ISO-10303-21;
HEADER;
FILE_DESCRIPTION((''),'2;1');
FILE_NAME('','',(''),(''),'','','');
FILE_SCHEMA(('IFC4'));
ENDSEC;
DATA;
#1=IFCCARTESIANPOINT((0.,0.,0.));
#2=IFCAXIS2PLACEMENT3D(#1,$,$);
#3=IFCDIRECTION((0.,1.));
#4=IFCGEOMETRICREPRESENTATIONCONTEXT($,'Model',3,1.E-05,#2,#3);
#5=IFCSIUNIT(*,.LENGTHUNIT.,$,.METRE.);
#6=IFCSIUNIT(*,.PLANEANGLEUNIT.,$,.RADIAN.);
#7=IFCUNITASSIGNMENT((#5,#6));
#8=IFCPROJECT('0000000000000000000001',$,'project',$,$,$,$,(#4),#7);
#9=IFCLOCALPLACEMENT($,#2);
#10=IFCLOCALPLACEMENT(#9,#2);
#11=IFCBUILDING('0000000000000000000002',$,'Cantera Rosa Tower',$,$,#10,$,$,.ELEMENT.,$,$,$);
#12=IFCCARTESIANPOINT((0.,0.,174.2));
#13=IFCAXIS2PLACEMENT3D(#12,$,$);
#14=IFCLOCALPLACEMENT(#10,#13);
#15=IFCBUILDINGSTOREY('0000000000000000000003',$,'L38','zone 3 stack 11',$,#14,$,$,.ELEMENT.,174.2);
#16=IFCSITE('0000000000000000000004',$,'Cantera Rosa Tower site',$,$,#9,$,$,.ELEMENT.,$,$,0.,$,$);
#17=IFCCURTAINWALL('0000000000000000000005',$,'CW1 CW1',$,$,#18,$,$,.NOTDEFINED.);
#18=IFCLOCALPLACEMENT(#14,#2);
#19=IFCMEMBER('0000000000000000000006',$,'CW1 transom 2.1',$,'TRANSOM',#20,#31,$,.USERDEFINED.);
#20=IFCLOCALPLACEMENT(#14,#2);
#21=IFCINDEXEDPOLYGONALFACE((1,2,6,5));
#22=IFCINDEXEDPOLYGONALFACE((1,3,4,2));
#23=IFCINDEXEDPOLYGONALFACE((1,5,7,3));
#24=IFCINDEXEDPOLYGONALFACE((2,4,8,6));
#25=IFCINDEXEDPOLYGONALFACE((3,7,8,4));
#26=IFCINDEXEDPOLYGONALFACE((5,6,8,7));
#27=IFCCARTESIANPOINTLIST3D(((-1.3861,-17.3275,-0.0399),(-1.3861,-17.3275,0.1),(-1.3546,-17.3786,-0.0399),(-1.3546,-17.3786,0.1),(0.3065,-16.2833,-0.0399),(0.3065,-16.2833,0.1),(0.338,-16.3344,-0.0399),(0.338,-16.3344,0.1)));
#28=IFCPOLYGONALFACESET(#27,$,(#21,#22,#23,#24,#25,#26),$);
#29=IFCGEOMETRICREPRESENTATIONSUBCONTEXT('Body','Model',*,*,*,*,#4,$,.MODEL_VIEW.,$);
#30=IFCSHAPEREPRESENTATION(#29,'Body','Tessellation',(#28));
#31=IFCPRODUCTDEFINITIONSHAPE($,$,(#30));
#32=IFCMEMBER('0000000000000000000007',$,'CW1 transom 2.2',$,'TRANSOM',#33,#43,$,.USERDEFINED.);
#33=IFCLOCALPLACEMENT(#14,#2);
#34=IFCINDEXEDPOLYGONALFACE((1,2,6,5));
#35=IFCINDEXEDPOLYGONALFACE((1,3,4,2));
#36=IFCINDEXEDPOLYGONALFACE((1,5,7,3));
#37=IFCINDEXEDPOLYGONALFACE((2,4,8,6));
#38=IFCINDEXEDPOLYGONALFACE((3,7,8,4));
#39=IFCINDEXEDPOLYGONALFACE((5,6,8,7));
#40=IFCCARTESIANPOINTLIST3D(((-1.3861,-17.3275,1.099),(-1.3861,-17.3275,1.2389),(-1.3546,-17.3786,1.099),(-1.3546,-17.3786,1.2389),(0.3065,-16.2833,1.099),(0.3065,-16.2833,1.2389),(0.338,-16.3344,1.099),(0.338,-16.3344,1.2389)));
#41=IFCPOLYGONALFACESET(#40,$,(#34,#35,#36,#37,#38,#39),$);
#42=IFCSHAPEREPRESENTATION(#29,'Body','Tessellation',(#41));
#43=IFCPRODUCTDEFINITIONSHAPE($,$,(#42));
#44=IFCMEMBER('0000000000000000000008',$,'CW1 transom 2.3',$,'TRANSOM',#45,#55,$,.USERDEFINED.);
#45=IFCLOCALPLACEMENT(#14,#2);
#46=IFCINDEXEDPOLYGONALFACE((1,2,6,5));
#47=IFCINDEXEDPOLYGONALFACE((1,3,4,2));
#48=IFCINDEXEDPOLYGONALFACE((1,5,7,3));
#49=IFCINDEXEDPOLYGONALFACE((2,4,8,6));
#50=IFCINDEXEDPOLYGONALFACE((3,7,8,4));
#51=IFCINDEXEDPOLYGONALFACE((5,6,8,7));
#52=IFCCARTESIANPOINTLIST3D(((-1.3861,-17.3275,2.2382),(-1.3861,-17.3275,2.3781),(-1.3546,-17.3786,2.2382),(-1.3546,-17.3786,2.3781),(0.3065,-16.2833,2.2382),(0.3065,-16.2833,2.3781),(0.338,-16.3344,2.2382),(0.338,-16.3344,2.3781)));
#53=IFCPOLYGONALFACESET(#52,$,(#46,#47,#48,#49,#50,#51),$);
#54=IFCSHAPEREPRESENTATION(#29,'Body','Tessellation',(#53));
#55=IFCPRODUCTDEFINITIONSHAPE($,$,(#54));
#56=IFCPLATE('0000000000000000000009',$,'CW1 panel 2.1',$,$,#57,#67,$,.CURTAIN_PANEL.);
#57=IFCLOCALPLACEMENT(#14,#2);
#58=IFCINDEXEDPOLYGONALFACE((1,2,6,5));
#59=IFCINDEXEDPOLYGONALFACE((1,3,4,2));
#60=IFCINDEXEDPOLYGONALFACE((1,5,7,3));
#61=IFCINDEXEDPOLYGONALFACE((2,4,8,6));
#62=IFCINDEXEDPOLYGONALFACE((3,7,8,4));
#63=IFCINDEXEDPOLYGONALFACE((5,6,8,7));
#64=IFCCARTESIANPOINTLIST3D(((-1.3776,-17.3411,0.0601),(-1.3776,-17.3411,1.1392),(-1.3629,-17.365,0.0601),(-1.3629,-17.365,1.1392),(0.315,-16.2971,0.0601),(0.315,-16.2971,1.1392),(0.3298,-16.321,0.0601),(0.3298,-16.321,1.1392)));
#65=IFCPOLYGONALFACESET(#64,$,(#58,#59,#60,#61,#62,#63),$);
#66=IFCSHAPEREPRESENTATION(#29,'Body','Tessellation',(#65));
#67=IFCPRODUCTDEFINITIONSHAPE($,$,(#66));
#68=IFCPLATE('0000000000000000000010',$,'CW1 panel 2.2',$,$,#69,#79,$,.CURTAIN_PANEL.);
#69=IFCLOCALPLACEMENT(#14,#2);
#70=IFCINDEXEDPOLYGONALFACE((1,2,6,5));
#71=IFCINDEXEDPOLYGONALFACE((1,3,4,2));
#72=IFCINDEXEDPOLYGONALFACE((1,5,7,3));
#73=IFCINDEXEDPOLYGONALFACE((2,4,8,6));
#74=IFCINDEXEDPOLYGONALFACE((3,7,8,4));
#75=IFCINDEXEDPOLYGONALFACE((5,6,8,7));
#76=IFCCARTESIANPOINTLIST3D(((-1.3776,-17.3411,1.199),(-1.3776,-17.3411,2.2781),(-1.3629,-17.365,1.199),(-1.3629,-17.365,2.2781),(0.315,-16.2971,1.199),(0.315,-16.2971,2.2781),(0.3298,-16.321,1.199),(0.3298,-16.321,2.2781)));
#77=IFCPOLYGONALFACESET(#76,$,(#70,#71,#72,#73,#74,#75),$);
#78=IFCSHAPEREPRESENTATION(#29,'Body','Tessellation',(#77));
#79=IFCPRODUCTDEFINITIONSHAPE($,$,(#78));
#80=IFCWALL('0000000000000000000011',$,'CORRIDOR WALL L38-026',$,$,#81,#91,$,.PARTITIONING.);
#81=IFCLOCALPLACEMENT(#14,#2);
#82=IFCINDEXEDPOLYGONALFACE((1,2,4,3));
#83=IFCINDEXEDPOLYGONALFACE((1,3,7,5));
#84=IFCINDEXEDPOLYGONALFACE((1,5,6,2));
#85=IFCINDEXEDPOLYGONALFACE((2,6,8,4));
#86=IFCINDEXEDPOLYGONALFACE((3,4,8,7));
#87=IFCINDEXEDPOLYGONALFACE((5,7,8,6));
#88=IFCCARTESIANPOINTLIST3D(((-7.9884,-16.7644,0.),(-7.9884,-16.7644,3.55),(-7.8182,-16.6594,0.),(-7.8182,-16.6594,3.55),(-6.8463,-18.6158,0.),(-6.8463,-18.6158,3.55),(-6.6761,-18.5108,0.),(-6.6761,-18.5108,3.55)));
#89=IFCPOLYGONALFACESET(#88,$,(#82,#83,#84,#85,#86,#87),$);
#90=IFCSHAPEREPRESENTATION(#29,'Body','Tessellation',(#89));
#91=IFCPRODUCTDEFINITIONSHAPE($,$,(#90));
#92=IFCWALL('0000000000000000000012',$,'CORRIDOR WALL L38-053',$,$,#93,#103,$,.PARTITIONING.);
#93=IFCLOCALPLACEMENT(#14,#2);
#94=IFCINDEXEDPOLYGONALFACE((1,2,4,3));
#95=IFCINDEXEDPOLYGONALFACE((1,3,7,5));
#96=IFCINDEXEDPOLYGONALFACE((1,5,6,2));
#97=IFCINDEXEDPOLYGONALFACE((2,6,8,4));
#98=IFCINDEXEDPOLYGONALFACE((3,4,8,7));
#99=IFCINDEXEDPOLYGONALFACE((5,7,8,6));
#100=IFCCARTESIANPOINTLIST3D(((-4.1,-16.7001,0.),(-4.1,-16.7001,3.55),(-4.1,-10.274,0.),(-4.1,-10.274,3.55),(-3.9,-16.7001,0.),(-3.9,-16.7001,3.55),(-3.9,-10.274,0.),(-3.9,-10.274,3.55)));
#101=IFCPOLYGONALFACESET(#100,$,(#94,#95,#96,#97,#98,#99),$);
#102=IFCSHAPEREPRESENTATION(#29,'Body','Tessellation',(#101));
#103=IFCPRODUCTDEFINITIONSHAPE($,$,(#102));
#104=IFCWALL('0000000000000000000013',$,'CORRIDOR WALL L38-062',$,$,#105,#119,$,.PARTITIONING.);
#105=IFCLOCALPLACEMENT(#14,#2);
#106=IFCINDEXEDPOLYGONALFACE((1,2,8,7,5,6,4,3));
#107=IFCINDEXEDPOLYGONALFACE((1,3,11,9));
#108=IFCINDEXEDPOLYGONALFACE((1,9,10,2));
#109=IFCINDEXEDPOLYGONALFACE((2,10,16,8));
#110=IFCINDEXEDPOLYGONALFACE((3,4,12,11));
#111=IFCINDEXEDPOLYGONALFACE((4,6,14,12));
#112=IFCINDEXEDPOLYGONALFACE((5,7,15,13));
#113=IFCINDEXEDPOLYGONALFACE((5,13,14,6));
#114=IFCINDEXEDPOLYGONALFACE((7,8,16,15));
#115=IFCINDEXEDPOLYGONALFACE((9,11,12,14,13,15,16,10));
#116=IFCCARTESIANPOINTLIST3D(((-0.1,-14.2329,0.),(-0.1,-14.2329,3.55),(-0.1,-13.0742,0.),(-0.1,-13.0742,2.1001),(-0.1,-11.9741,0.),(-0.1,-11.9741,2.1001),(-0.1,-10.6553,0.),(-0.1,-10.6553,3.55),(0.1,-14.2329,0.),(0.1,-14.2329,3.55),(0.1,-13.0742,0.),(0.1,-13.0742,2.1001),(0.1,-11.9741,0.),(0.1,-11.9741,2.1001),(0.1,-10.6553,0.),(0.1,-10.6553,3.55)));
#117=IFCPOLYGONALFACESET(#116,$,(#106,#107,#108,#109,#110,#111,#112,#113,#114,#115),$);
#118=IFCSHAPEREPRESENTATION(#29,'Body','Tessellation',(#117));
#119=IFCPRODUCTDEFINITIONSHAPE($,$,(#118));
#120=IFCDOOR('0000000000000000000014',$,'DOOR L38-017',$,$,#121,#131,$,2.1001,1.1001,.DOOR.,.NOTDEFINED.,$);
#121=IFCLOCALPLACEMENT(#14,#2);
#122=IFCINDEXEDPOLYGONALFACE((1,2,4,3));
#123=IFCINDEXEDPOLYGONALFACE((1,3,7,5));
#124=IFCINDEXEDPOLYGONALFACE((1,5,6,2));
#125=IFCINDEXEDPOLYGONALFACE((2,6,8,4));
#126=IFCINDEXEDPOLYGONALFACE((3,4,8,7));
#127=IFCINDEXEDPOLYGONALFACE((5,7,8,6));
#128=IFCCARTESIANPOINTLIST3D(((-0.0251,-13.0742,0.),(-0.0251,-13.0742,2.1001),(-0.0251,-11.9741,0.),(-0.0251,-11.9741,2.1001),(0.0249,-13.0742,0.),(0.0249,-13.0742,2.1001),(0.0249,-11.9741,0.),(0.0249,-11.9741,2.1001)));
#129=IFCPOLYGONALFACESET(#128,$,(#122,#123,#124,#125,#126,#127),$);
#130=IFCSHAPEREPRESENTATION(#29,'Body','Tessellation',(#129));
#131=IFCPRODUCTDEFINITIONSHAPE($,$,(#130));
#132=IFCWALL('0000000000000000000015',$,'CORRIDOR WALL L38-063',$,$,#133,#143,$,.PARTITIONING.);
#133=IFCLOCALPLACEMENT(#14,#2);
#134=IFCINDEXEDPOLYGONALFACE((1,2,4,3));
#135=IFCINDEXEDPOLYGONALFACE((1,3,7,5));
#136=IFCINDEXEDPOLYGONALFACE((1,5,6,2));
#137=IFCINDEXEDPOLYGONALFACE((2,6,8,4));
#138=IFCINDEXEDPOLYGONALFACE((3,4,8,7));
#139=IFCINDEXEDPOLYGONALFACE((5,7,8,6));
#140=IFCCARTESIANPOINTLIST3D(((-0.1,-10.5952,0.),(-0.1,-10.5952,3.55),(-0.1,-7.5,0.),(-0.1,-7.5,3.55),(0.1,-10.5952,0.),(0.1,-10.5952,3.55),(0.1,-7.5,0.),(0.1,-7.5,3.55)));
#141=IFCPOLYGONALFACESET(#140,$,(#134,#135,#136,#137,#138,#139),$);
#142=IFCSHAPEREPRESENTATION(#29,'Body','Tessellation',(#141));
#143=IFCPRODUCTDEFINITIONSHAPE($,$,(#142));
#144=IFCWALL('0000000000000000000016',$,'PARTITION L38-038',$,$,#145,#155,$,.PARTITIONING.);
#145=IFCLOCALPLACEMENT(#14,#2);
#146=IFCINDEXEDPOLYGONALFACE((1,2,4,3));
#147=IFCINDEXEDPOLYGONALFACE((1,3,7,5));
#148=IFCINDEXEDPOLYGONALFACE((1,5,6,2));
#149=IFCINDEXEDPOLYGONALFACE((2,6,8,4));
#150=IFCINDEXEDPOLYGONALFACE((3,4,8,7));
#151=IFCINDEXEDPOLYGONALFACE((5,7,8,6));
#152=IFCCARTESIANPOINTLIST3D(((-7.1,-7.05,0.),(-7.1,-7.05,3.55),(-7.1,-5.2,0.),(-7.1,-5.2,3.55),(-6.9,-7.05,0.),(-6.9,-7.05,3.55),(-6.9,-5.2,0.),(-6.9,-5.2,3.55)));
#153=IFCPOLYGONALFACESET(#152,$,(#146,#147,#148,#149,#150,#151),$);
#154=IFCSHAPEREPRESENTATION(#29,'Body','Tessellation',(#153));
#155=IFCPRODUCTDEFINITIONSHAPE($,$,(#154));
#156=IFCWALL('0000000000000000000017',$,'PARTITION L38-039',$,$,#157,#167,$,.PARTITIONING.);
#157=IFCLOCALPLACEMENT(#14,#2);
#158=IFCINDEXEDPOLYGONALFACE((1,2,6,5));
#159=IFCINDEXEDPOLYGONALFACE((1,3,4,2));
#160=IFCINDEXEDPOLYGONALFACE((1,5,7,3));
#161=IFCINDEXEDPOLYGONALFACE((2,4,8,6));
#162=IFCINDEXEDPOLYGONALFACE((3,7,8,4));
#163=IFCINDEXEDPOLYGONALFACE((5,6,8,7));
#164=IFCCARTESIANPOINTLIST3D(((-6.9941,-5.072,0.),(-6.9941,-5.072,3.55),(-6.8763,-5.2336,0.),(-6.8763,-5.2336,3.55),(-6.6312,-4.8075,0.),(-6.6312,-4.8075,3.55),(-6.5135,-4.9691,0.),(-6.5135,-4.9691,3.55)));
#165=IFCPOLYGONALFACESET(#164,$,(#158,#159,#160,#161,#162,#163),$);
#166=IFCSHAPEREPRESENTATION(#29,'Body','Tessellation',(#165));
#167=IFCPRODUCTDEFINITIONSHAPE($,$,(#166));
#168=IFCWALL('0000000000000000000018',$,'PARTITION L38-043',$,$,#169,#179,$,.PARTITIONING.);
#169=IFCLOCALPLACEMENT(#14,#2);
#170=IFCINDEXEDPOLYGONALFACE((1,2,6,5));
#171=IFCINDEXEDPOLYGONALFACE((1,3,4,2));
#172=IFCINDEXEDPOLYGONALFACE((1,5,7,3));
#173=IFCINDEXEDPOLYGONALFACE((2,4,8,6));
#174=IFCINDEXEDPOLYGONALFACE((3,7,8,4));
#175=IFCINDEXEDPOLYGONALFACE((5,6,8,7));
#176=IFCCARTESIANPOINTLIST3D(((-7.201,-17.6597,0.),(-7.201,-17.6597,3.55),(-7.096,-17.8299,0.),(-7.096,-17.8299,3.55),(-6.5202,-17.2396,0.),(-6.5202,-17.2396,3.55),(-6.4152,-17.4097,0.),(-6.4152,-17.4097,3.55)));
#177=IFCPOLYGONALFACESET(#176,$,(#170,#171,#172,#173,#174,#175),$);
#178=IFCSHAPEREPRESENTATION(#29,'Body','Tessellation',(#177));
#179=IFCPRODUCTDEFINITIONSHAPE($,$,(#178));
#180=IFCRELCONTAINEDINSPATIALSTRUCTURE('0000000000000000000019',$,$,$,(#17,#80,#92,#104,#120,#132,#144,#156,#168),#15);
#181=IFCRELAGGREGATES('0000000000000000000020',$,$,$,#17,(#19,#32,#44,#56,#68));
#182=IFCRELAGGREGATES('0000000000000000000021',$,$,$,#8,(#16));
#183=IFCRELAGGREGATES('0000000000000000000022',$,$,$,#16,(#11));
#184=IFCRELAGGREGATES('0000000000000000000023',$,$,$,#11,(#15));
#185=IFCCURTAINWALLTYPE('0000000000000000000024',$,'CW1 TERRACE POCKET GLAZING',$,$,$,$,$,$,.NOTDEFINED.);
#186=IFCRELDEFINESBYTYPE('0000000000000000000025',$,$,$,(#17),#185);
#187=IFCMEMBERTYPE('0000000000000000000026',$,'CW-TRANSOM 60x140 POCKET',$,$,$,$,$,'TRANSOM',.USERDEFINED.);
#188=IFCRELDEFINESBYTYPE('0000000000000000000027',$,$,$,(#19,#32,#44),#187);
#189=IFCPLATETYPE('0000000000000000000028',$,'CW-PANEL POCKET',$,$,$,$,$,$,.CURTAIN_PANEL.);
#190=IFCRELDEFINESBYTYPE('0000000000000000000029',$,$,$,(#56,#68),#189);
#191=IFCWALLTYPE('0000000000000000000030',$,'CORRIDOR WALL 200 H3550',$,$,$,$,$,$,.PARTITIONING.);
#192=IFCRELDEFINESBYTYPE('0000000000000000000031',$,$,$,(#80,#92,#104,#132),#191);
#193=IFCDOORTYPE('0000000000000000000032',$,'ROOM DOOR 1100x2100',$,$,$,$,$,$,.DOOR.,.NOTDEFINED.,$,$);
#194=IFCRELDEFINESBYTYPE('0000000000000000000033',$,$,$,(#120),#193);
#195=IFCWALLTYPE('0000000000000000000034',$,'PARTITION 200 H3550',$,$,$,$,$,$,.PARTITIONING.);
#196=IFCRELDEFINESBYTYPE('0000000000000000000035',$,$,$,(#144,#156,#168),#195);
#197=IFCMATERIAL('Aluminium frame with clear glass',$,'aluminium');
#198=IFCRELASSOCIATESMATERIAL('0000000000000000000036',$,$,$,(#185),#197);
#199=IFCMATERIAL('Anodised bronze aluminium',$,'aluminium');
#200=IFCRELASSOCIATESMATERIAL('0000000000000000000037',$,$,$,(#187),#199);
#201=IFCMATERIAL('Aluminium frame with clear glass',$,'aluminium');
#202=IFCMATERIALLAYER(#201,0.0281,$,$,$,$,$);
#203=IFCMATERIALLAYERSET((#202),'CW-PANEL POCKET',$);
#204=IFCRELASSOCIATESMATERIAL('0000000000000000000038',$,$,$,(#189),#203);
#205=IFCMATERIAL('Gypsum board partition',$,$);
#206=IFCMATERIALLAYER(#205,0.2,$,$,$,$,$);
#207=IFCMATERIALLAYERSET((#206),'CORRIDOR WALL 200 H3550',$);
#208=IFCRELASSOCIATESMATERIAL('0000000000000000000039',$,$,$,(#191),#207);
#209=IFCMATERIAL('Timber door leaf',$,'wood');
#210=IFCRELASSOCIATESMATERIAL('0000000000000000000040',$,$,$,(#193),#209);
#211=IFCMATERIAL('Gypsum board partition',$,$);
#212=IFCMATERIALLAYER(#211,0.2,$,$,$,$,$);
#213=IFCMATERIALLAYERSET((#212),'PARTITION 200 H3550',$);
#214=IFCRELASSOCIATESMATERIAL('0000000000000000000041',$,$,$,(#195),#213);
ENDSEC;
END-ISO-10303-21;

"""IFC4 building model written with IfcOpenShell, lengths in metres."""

from ifc_helpers import new_model, si_unit, direction, frame, frame_2d, origin, origin_2d, place, context, subcontext, project, spatial, rectangle, extrude, material, layer, layer_set, material_profile, profile_set, type_object, element, fill, aggregate, save


model = new_model("IFC4")

# Units and contexts
model_context = context("Model", 3, precision=1e-05, world=origin(), true_north=direction((0.0, 1.0)))
body_context = subcontext(model_context, "Body", "Model", "MODEL_VIEW")
ifc_project = project(units=[si_unit("LENGTHUNIT", "METRE"), si_unit("PLANEANGLEUNIT", "RADIAN")], contexts=[model_context])

# Site, building, storey
site_placement = place(None, origin())
site = spatial("IfcSite", under=ifc_project, at=site_placement, Name="Cantera Rosa Tower site", CompositionType="ELEMENT", RefElevation=0.0)
building_placement = place(site_placement, origin())
building = spatial("IfcBuilding", under=site, at=building_placement, Name="Cantera Rosa Tower", CompositionType="ELEMENT")
storey_placement = place(building_placement, frame((0.0, 0.0, 174.2)))
storey = spatial("IfcBuildingStorey", under=building, at=storey_placement, Name="L38", Description="zone 3 stack 11", CompositionType="ELEMENT", Elevation=174.2)

# Curtain wall, members, plates
ifc_material_1 = material(Name="Aluminium frame with clear glass", Category="aluminium")
curtain_wall_type = type_object("IfcCurtainWallType", Name="CW1 TERRACE POCKET GLAZING", PredefinedType="NOTDEFINED", material=ifc_material_1)
curtain_wall_placement = place(storey_placement, origin())
curtain_wall = element("IfcCurtainWall", 1, at=curtain_wall_placement, inside=storey, type_object=curtain_wall_type, Name="CW1 CW1", PredefinedType="NOTDEFINED")
ifc_material_2 = material(Name="Anodised bronze aluminium", Category="aluminium")
ifc_material_profile = material_profile(ifc_material_2, rectangle(XDim=0.0601, YDim=0.1399, at=origin_2d()), Name="CW-TRANSOM 60x140 POCKET")
ifc_profile_set = profile_set([ifc_material_profile], Name="Anodised bronze aluminium")
member_type = type_object("IfcMemberType", Name="CW-TRANSOM 60x140 POCKET", ElementType="TRANSOM", PredefinedType="USERDEFINED", material=ifc_profile_set)
member_1_placement = place(storey_placement, frame((-1.3704, -17.353, 0.03), z_axis=(0.85108, 0.525035, 0.0), x_axis=(-0.525035, 0.85108, 0.0)))
member_1 = element("IfcMember", 2, at=member_1_placement, type_object=member_type, Name="CW1 transom 2.1", ObjectType="TRANSOM", PredefinedType="USERDEFINED", context=body_context, shape_type="SweptSolid", body=[
    extrude(rectangle(XDim=0.0601, YDim=0.1399, at=origin_2d()), origin(), (0.0, 0.0, 1.0), 1.9888),
])
member_2_placement = place(storey_placement, frame((-1.3704, -17.353, 1.1689), z_axis=(0.85108, 0.525035, 0.0), x_axis=(-0.525035, 0.85108, 0.0)))
member_2 = element("IfcMember", 3, at=member_2_placement, type_object=member_type, Name="CW1 transom 2.2", ObjectType="TRANSOM", PredefinedType="USERDEFINED", context=body_context, shape_type="SweptSolid", body=[
    extrude(rectangle(XDim=0.0601, YDim=0.1399, at=origin_2d()), origin(), (0.0, 0.0, 1.0), 1.9888),
])
member_3_placement = place(storey_placement, frame((-1.3704, -17.353, 2.3081), z_axis=(0.85108, 0.525035, 0.0), x_axis=(-0.525035, 0.85108, 0.0)))
member_3 = element("IfcMember", 4, at=member_3_placement, type_object=member_type, Name="CW1 transom 2.3", ObjectType="TRANSOM", PredefinedType="USERDEFINED", context=body_context, shape_type="SweptSolid", body=[
    extrude(rectangle(XDim=0.0601, YDim=0.1399, at=origin_2d()), origin(), (0.0, 0.0, 1.0), 1.9888),
])
ifc_material_3 = material(Name="Aluminium frame with clear glass", Category="aluminium")
ifc_layer_1 = layer(ifc_material_3, 0.0281)
ifc_layer_set_1 = layer_set([ifc_layer_1], Name="CW-PANEL POCKET")
plate_type = type_object("IfcPlateType", Name="CW-PANEL POCKET", PredefinedType="CURTAIN_PANEL", material=ifc_layer_set_1)
plate_1_placement = place(storey_placement, frame((-0.5239, -16.8311, 0.0601), z_axis=(0.0, 0.0, 1.0), x_axis=(0.851117, 0.524977, 0.0)))
plate_1 = element("IfcPlate", 5, at=plate_1_placement, type_object=plate_type, Name="CW1 panel 2.1", PredefinedType="CURTAIN_PANEL", context=body_context, shape_type="SweptSolid", body=[
    extrude(rectangle(XDim=1.9888, YDim=0.0281, at=origin_2d()), origin(), (0.0, 0.0, 1.0), 1.0791),
])
plate_2_placement = place(storey_placement, frame((-0.5239, -16.8311, 1.199), z_axis=(0.0, 0.0, 1.0), x_axis=(0.851117, 0.524977, 0.0)))
plate_2 = element("IfcPlate", 6, at=plate_2_placement, type_object=plate_type, Name="CW1 panel 2.2", PredefinedType="CURTAIN_PANEL", context=body_context, shape_type="SweptSolid", body=[
    extrude(rectangle(XDim=1.9888, YDim=0.0281, at=origin_2d()), origin(), (0.0, 0.0, 1.0), 1.0791),
])
aggregate(curtain_wall, [member_1, member_2, member_3, plate_1, plate_2])

# Walls
ifc_material_4 = material(Name="Gypsum board partition")
ifc_layer_2 = layer(ifc_material_4, 0.2)
ifc_layer_set_2 = layer_set([ifc_layer_2], Name="CORRIDOR WALL 200 H3550")
wall_type_1 = type_object("IfcWallType", Name="CORRIDOR WALL 200 H3550", PredefinedType="PARTITIONING", material=ifc_layer_set_2)
wall_1_placement = place(storey_placement, frame((-7.9033, -16.7119, 0.0), z_axis=(0.0, 0.0, 1.0), x_axis=(0.525036, -0.85108, 0.0)))
element("IfcWall", 7, at=wall_1_placement, inside=storey, type_object=wall_type_1, Name="CORRIDOR WALL L38-026", PredefinedType="PARTITIONING", context=body_context, shape_type="SweptSolid", body=[
    extrude(rectangle(XDim=2.1753, YDim=0.2, at=frame_2d((1.0876, 0.0))), origin(), (0.0, 0.0, 1.0), 3.55),
])
wall_2_placement = place(storey_placement, frame((-4.0, -10.2742, 0.0), z_axis=(0.0, 0.0, 1.0), x_axis=(0.0, -1.0, 0.0)))
element("IfcWall", 8, at=wall_2_placement, inside=storey, type_object=wall_type_1, Name="CORRIDOR WALL L38-053", PredefinedType="PARTITIONING", context=body_context, shape_type="SweptSolid", body=[
    extrude(rectangle(XDim=6.426, YDim=0.2, at=frame_2d((3.2129, 0.0))), origin(), (0.0, 0.0, 1.0), 3.55),
])

# Wall, opening, door
wall_3_placement = place(storey_placement, frame((0.0, -10.6553, 0.0), z_axis=(0.0, 0.0, 1.0), x_axis=(0.0, -1.0, 0.0)))
wall_3 = element("IfcWall", 9, at=wall_3_placement, inside=storey, type_object=wall_type_1, Name="CORRIDOR WALL L38-062", PredefinedType="PARTITIONING", context=body_context, shape_type="SweptSolid", body=[
    extrude(rectangle(XDim=3.5776, YDim=0.2, at=frame_2d((1.7888, 0.0))), origin(), (0.0, 0.0, 1.0), 3.55),
])
opening_placement = place(wall_3_placement, frame((1.3188, 0.0, 0.0)))
opening = element("IfcOpeningElement", 10, at=opening_placement, cuts=wall_3, PredefinedType="OPENING", context=body_context, shape_type="SweptSolid", body=[
    extrude(rectangle(XDim=1.1001, YDim=2.1001, at=frame_2d((0.55, 1.05))), frame((0.0, 0.1099, 0.0), z_axis=(0.0, -1.0, 0.0), x_axis=(1.0, 0.0, 0.0)), (0.0, 0.0, 1.0), 0.22),
])
ifc_material_5 = material(Name="Timber door leaf", Category="wood")
door_type = type_object("IfcDoorType", Name="ROOM DOOR 1100x2100", OperationType="NOTDEFINED", PredefinedType="DOOR", material=ifc_material_5)
door_placement = place(opening_placement, origin())
door = element("IfcDoor", 11, at=door_placement, inside=storey, type_object=door_type, Name="DOOR L38-017", OperationType="NOTDEFINED", OverallHeight=2.1001, OverallWidth=1.1001, PredefinedType="DOOR", context=body_context, shape_type="SweptSolid", body=[
    extrude(rectangle(XDim=1.1001, YDim=2.1001, at=frame_2d((0.55, 1.05))), frame((0.0, 0.0249, 0.0), z_axis=(0.0, -1.0, 0.0), x_axis=(1.0, 0.0, 0.0)), (0.0, 0.0, 1.0), 0.05),
])
fill(opening, door)

# Walls
wall_4_placement = place(storey_placement, frame((0.0, -7.5, 0.0), z_axis=(0.0, 0.0, 1.0), x_axis=(0.0, -1.0, 0.0)))
element("IfcWall", 12, at=wall_4_placement, inside=storey, type_object=wall_type_1, Name="CORRIDOR WALL L38-063", PredefinedType="PARTITIONING", context=body_context, shape_type="SweptSolid", body=[
    extrude(rectangle(XDim=3.0952, YDim=0.2, at=frame_2d((1.5476, 0.0))), origin(), (0.0, 0.0, 1.0), 3.55),
])
ifc_material_6 = material(Name="Gypsum board partition")
ifc_layer_3 = layer(ifc_material_6, 0.2)
ifc_layer_set_3 = layer_set([ifc_layer_3], Name="PARTITION 200 H3550")
wall_type_2 = type_object("IfcWallType", Name="PARTITION 200 H3550", PredefinedType="PARTITIONING", material=ifc_layer_set_3)
wall_5_placement = place(storey_placement, frame((-7.0, -7.05, 0.0), z_axis=(0.0, 0.0, 1.0), x_axis=(0.0, 1.0, 0.0)))
element("IfcWall", 13, at=wall_5_placement, inside=storey, type_object=wall_type_2, Name="PARTITION L38-038", PredefinedType="PARTITIONING", context=body_context, shape_type="SweptSolid", body=[
    extrude(rectangle(XDim=1.8501, YDim=0.2, at=frame_2d((0.925, 0.0))), origin(), (0.0, 0.0, 1.0), 3.55),
])
wall_6_placement = place(storey_placement, frame((-6.9353, -5.1528, 0.0), z_axis=(0.0, 0.0, 1.0), x_axis=(0.808148, 0.58898, 0.0)))
element("IfcWall", 14, at=wall_6_placement, inside=storey, type_object=wall_type_2, Name="PARTITION L38-039", PredefinedType="PARTITIONING", context=body_context, shape_type="SweptSolid", body=[
    extrude(rectangle(XDim=0.449, YDim=0.2, at=frame_2d((0.2246, 0.0))), origin(), (0.0, 0.0, 1.0), 3.55),
])
wall_7_placement = place(storey_placement, frame((-6.4678, -17.3247, 0.0), z_axis=(0.0, 0.0, 1.0), x_axis=(-0.851019, -0.525136, 0.0)))
element("IfcWall", 15, at=wall_7_placement, inside=storey, type_object=wall_type_2, Name="PARTITION L38-043", PredefinedType="PARTITIONING", context=body_context, shape_type="SweptSolid", body=[
    extrude(rectangle(XDim=0.8, YDim=0.2, at=frame_2d((0.3999, 0.0))), origin(), (0.0, 0.0, 1.0), 3.55),
])

save(model, "model.ifc")
